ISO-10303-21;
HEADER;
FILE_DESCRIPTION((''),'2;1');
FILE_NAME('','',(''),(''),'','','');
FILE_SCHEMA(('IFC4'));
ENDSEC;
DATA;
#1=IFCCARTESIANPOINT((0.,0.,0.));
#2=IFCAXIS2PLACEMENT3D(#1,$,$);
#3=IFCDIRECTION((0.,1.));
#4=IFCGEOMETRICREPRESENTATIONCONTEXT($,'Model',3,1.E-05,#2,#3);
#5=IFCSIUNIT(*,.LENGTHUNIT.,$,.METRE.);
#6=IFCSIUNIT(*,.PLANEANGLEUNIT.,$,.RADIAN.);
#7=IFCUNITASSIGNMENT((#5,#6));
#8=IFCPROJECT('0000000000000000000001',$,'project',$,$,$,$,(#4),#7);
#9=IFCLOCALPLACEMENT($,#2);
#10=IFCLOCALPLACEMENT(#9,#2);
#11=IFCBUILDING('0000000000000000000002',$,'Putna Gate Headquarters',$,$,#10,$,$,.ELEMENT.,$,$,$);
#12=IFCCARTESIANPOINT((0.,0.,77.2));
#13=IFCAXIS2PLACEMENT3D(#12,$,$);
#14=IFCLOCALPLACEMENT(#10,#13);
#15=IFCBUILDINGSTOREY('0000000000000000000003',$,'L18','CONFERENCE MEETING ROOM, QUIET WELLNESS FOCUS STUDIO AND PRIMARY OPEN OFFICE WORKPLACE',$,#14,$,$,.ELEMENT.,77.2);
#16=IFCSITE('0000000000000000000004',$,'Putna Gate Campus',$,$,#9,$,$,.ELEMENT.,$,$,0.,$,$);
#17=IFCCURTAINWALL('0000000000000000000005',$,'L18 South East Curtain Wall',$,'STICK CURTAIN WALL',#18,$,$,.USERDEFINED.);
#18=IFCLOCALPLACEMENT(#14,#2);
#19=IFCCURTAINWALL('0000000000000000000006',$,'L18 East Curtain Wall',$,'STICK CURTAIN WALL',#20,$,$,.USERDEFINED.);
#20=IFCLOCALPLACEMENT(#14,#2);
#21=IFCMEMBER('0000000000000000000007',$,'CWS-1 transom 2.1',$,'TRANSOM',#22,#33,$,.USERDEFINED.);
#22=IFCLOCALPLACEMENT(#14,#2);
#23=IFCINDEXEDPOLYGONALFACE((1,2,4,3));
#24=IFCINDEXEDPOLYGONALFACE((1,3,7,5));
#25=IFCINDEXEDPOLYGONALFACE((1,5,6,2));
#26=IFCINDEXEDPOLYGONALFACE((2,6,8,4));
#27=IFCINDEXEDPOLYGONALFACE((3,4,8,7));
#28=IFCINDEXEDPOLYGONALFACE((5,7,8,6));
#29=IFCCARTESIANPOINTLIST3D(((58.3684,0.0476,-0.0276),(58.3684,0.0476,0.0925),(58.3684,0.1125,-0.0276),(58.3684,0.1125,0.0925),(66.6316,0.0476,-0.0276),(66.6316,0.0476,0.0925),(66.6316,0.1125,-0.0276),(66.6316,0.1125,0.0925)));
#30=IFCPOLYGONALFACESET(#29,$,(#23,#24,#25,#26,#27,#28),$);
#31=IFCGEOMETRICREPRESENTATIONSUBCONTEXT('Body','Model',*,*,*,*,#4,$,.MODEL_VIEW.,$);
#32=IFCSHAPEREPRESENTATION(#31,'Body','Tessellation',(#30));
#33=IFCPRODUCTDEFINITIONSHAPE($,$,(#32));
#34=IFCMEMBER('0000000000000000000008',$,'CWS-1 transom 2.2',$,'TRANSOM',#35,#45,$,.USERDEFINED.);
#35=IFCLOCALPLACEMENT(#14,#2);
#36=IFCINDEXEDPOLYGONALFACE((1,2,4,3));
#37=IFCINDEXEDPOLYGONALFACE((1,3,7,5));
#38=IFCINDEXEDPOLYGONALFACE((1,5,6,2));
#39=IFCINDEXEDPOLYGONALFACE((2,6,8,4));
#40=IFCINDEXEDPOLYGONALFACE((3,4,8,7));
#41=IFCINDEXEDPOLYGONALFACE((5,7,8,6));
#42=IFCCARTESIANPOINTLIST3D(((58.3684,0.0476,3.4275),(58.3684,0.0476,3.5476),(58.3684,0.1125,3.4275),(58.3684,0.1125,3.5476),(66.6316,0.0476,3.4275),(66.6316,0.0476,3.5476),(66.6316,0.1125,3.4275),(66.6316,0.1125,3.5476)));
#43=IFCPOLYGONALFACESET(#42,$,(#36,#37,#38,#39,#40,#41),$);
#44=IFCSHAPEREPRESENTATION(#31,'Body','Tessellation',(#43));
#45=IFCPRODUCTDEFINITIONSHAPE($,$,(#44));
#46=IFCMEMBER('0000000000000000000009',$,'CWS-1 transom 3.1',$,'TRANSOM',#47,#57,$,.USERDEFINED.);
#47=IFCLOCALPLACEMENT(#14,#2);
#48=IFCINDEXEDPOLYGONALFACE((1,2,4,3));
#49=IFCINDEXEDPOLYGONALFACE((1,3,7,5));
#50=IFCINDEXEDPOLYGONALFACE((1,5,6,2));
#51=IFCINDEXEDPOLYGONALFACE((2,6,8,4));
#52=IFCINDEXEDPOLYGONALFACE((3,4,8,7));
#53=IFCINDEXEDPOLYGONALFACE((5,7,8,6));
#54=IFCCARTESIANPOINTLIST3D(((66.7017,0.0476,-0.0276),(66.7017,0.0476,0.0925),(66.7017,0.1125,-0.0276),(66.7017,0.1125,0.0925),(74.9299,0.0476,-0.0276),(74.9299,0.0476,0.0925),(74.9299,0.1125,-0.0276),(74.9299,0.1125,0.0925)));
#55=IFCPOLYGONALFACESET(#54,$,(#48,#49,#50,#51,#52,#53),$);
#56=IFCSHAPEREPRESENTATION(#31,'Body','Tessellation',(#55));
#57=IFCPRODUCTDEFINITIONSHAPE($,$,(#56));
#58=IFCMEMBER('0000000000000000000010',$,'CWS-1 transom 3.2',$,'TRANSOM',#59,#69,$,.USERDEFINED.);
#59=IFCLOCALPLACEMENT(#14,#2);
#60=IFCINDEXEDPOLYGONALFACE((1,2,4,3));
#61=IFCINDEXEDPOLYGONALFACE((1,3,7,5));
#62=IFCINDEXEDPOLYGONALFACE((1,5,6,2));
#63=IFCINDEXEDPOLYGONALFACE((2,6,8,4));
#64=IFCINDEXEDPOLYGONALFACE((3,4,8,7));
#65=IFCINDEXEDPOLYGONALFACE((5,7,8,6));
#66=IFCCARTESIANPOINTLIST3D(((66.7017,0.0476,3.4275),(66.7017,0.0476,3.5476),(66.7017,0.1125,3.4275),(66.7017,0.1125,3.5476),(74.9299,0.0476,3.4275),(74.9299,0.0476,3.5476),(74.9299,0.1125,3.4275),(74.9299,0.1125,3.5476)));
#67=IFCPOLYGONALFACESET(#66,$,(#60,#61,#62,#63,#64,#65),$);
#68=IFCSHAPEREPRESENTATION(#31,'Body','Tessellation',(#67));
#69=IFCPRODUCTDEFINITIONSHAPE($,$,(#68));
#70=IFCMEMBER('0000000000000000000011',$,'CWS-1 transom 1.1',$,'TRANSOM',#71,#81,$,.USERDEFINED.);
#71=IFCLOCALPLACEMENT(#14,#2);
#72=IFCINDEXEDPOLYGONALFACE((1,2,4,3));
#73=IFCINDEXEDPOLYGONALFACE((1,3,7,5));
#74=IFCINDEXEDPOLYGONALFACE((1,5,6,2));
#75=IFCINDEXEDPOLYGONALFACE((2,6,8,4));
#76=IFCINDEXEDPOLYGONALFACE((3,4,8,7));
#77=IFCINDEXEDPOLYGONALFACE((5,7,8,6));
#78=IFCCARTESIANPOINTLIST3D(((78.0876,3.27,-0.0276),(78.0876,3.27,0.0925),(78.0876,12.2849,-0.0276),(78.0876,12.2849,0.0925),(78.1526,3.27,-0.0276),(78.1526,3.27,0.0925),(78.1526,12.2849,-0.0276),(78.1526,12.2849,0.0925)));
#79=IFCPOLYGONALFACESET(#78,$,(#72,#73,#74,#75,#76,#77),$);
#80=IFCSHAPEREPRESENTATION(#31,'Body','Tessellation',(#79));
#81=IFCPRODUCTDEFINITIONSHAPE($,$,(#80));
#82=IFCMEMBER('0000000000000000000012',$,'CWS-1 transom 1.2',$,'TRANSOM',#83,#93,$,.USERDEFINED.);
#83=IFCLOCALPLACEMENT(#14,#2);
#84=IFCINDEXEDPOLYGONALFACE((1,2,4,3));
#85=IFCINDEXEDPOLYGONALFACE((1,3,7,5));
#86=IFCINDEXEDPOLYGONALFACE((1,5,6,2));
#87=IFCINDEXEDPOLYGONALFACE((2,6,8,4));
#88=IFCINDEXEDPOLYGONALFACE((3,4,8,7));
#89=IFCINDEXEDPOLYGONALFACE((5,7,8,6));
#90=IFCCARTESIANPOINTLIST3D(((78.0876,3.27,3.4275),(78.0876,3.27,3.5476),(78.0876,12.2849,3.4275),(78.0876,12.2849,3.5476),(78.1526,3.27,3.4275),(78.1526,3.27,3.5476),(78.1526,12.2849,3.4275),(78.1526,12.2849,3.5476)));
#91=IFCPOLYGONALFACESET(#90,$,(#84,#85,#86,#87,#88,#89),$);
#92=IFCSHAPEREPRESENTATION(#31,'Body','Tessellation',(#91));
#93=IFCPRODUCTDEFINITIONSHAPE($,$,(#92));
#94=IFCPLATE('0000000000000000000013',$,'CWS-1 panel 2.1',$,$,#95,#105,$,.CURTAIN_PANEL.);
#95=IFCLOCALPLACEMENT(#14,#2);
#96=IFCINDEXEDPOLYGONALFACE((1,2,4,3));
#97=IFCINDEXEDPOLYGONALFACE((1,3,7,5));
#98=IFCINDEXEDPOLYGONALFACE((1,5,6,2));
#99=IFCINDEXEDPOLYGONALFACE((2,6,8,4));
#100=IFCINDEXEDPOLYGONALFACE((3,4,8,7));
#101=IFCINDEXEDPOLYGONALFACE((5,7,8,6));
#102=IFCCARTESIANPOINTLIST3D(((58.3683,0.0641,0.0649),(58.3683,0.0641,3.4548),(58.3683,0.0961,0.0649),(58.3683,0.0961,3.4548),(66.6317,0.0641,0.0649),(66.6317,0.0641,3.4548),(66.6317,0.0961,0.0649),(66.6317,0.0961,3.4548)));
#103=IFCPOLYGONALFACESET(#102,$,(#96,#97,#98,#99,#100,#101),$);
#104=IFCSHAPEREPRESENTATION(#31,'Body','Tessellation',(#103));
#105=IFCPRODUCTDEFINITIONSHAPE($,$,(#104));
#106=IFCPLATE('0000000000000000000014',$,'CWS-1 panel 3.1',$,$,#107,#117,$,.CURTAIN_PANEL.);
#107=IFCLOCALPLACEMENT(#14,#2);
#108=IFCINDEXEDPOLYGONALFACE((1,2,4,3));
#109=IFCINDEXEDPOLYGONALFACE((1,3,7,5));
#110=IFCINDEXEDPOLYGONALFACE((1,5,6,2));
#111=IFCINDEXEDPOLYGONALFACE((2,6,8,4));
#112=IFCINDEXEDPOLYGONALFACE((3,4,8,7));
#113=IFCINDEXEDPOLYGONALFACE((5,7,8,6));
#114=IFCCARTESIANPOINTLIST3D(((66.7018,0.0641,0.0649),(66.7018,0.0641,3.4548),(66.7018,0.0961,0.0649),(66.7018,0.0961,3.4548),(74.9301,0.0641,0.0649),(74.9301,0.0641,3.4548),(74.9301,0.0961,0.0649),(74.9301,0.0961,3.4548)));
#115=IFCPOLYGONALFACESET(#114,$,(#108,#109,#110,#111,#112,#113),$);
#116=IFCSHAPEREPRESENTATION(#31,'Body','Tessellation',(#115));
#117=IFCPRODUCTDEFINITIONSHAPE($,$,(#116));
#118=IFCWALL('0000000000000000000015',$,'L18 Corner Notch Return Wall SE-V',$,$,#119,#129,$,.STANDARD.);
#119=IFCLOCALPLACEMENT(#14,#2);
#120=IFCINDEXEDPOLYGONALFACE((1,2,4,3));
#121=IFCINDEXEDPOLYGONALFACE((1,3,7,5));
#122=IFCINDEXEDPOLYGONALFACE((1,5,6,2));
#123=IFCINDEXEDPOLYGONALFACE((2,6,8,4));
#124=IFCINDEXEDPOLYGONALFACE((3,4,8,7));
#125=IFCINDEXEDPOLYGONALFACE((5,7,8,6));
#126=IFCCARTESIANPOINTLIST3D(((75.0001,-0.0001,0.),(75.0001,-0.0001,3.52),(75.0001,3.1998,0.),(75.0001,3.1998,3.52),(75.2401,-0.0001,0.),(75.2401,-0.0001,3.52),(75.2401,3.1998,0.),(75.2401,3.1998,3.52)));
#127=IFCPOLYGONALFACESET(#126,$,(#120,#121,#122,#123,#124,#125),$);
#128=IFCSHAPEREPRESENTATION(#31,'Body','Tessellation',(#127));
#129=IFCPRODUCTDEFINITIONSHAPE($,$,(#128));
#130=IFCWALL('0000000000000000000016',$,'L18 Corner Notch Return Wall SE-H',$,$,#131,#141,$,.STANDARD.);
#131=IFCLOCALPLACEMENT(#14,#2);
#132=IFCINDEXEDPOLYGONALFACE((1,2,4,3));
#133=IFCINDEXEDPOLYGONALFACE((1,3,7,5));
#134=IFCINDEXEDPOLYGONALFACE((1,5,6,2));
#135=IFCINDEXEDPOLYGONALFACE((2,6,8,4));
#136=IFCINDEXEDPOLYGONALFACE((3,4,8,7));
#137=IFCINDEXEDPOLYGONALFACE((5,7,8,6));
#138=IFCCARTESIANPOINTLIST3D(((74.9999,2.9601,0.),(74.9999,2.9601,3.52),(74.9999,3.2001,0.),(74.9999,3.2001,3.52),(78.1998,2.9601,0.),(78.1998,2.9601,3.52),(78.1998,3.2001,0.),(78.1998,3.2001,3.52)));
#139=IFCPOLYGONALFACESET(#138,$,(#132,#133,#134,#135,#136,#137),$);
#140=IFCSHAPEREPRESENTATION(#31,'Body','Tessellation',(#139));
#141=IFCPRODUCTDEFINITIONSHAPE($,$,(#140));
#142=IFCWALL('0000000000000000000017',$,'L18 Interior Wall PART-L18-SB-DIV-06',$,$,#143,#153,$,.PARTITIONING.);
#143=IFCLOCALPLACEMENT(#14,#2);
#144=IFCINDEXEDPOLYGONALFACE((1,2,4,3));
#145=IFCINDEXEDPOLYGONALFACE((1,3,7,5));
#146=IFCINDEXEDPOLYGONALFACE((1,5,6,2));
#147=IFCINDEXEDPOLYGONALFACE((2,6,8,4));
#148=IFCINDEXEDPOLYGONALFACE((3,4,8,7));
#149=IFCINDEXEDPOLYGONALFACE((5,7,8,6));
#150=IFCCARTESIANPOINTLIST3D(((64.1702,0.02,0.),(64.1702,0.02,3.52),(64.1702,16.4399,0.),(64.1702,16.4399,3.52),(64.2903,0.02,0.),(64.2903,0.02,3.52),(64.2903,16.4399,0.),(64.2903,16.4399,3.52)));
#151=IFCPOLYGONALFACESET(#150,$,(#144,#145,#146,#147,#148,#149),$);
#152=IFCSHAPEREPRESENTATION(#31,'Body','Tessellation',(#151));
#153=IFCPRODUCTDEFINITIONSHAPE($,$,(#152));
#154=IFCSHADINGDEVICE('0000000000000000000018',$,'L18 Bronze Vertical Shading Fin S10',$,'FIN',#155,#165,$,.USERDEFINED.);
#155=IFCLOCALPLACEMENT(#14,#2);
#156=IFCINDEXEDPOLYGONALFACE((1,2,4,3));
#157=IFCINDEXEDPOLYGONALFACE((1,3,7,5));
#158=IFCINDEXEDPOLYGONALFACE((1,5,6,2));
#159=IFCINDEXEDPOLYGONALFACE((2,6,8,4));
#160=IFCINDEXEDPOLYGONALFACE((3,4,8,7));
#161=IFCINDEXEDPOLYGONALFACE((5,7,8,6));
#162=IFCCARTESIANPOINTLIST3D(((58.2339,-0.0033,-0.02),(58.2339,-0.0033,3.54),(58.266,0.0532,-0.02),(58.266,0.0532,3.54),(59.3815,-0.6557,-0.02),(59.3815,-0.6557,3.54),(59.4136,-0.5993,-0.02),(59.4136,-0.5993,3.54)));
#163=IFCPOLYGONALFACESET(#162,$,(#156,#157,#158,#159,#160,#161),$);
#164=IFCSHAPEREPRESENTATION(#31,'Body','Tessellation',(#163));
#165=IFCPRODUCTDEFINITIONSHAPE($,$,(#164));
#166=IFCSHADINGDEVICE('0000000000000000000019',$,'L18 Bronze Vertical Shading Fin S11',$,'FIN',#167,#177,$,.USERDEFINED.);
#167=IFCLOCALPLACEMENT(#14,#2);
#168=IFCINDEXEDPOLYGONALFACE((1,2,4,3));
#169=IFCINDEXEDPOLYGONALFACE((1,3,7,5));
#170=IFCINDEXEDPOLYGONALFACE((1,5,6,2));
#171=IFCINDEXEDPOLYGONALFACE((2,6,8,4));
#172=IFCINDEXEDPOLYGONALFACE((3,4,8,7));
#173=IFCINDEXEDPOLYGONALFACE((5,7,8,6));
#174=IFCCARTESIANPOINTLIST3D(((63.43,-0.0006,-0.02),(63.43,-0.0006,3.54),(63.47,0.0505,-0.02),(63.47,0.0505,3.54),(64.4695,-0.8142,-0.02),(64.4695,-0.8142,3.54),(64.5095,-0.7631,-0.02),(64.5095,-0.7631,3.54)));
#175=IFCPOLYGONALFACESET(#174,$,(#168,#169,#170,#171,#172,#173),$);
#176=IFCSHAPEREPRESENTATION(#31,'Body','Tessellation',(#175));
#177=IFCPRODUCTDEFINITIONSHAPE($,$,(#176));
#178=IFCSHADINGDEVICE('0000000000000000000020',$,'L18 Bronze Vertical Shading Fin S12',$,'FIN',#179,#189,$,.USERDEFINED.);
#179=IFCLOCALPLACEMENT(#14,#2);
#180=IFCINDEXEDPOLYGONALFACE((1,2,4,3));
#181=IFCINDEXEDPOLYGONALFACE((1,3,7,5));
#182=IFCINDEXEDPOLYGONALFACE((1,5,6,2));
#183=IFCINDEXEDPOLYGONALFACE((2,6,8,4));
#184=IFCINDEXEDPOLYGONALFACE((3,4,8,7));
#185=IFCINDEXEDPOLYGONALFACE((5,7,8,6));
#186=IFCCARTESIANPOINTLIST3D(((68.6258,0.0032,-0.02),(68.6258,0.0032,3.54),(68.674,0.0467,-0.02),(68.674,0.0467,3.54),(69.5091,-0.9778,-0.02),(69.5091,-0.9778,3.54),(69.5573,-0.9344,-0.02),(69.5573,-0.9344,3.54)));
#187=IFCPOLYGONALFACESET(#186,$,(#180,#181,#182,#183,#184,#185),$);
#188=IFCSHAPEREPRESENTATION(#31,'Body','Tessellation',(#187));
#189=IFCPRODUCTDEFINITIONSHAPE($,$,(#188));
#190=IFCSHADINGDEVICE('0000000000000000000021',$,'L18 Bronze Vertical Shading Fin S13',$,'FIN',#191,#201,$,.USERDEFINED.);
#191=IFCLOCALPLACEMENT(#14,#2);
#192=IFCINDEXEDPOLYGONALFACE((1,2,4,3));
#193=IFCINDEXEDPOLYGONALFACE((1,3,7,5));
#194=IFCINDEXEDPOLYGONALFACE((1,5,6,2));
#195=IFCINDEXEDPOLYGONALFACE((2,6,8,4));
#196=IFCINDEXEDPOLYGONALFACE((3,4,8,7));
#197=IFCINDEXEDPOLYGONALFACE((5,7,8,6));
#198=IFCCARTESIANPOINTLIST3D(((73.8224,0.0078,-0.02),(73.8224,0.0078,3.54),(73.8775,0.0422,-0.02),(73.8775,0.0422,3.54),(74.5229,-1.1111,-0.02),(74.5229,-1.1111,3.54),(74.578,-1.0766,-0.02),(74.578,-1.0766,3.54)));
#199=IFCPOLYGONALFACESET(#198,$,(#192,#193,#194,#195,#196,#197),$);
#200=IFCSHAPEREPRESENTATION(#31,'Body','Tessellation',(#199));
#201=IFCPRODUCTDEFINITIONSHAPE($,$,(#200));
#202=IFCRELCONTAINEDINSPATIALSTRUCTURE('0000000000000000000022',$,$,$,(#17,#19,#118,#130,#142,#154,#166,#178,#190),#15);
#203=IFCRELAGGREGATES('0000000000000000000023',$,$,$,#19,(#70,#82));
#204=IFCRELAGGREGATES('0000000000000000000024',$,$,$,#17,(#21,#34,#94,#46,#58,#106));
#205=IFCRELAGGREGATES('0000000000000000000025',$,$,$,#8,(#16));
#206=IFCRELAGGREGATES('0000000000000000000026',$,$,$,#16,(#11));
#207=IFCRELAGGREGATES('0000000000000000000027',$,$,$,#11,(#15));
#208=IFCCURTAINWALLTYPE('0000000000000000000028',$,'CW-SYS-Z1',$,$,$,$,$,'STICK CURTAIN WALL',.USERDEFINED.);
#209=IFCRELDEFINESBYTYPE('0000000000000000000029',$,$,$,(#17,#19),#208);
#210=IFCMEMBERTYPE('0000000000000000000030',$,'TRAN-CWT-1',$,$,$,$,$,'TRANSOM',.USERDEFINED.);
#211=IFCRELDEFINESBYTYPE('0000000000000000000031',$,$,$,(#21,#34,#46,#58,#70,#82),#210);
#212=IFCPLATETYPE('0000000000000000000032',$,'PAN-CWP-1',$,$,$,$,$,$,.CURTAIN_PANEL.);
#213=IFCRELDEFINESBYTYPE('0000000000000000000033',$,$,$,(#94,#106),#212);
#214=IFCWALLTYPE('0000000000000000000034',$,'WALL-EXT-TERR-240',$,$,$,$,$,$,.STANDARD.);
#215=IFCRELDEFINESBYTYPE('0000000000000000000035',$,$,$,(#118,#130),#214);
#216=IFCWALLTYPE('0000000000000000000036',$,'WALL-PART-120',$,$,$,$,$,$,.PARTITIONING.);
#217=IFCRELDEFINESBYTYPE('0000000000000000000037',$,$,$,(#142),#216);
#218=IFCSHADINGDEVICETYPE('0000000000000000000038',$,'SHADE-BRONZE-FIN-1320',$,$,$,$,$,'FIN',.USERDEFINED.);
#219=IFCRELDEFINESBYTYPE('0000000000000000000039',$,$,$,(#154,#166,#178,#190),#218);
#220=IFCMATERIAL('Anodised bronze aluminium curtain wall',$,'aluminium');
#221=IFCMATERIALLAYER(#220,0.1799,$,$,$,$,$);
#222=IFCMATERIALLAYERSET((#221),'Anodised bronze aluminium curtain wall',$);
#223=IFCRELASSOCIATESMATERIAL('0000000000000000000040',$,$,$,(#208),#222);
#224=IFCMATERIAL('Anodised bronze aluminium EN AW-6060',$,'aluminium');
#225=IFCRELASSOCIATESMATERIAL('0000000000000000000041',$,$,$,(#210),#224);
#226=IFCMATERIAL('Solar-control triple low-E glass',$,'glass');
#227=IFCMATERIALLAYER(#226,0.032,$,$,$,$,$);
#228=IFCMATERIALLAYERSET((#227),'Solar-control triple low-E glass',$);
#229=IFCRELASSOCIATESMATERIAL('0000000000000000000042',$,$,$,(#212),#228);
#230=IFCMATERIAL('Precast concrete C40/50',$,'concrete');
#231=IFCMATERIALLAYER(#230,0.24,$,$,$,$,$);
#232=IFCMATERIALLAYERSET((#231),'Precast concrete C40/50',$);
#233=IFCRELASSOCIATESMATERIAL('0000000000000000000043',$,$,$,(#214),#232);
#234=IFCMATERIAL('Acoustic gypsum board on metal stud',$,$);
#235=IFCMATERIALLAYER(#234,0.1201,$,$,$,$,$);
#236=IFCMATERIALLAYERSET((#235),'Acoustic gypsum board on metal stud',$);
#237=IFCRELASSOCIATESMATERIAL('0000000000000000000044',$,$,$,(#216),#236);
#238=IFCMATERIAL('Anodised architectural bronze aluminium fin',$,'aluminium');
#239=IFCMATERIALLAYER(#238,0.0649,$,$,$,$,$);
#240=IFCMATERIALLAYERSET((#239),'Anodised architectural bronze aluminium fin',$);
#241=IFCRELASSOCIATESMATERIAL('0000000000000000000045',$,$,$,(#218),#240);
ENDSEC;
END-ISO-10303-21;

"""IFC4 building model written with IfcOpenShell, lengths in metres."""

from ifc_helpers import new_model, si_unit, direction, frame, frame_2d, origin, origin_2d, place, context, subcontext, project, spatial, rectangle, extrude, material, layer, layer_set, material_profile, profile_set, type_object, element, aggregate, save


model = new_model("IFC4")

# Units and contexts
model_context = context("Model", 3, precision=1e-05, world=origin(), true_north=direction((0.0, 1.0)))
body_context = subcontext(model_context, "Body", "Model", "MODEL_VIEW")
ifc_project = project(units=[si_unit("LENGTHUNIT", "METRE"), si_unit("PLANEANGLEUNIT", "RADIAN")], contexts=[model_context])

# Site, building, storey
site_placement = place(None, origin())
site = spatial("IfcSite", under=ifc_project, at=site_placement, Name="Putna Gate Campus", CompositionType="ELEMENT", RefElevation=0.0)
building_placement = place(site_placement, origin())
building = spatial("IfcBuilding", under=site, at=building_placement, Name="Putna Gate Headquarters", CompositionType="ELEMENT")
storey_placement = place(building_placement, frame((0.0, 0.0, 77.2)))
storey = spatial("IfcBuildingStorey", under=building, at=storey_placement, Name="L18", Description="CONFERENCE MEETING ROOM, QUIET WELLNESS FOCUS STUDIO AND PRIMARY OPEN OFFICE WORKPLACE", CompositionType="ELEMENT", Elevation=77.2)

# Curtain wall
ifc_material_1 = material(Name="Anodised bronze aluminium curtain wall", Category="aluminium")
ifc_layer_1 = layer(ifc_material_1, 0.1799)
ifc_layer_set_1 = layer_set([ifc_layer_1], Name="Anodised bronze aluminium curtain wall")
curtain_wall_type = type_object("IfcCurtainWallType", Name="CW-SYS-Z1", ElementType="STICK CURTAIN WALL", PredefinedType="USERDEFINED", material=ifc_layer_set_1)
curtain_wall_1_placement = place(storey_placement, origin())
curtain_wall_1 = element("IfcCurtainWall", 1, at=curtain_wall_1_placement, inside=storey, type_object=curtain_wall_type, Name="L18 South East Curtain Wall", ObjectType="STICK CURTAIN WALL", PredefinedType="USERDEFINED")
ifc_material_2 = material(Name="Anodised bronze aluminium EN AW-6060", Category="aluminium")

# Curtain wall
curtain_wall_2_placement = place(storey_placement, origin())
curtain_wall_2 = element("IfcCurtainWall", 2, at=curtain_wall_2_placement, inside=storey, type_object=curtain_wall_type, Name="L18 East Curtain Wall", ObjectType="STICK CURTAIN WALL", PredefinedType="USERDEFINED")

# Members
ifc_material_profile_1 = material_profile(ifc_material_2, rectangle(XDim=0.0649, YDim=0.1201, at=origin_2d()), Name="Anodised bronze aluminium EN AW-6060")
ifc_profile_set_1 = profile_set([ifc_material_profile_1], Name="Anodised bronze aluminium EN AW-6060")
member_type_1 = type_object("IfcMemberType", Name="TRAN-CWT-1", ElementType="TRANSOM", PredefinedType="USERDEFINED", material=ifc_profile_set_1)
member_1_placement = place(storey_placement, frame((58.3684, 0.0801, 0.0325), z_axis=(1.0, 0.0, 0.0), x_axis=(0.0, 1.0, 0.0)))
member_1 = element("IfcMember", 3, at=member_1_placement, type_object=member_type_1, Name="CWS-1 transom 2.1", ObjectType="TRANSOM", PredefinedType="USERDEFINED", context=body_context, shape_type="SweptSolid", body=[
    extrude(rectangle(XDim=0.0649, YDim=0.1201, at=origin_2d()), origin(), (0.0, 0.0, 1.0), 8.2632),
])
member_2_placement = place(storey_placement, frame((58.3684, 0.0801, 3.4875), z_axis=(1.0, 0.0, 0.0), x_axis=(0.0, 1.0, 0.0)))
member_2 = element("IfcMember", 4, at=member_2_placement, type_object=member_type_1, Name="CWS-1 transom 2.2", ObjectType="TRANSOM", PredefinedType="USERDEFINED", context=body_context, shape_type="SweptSolid", body=[
    extrude(rectangle(XDim=0.0649, YDim=0.1201, at=origin_2d()), origin(), (0.0, 0.0, 1.0), 8.2632),
])
member_3_placement = place(storey_placement, frame((66.7017, 0.0801, 0.0325), z_axis=(1.0, 0.0, 0.0), x_axis=(0.0, 1.0, 0.0)))
member_3 = element("IfcMember", 5, at=member_3_placement, type_object=member_type_1, Name="CWS-1 transom 3.1", ObjectType="TRANSOM", PredefinedType="USERDEFINED", context=body_context, shape_type="SweptSolid", body=[
    extrude(rectangle(XDim=0.0649, YDim=0.1201, at=origin_2d()), origin(), (0.0, 0.0, 1.0), 8.2283),
])
member_4_placement = place(storey_placement, frame((66.7017, 0.0801, 3.4875), z_axis=(1.0, 0.0, 0.0), x_axis=(0.0, 1.0, 0.0)))
member_4 = element("IfcMember", 6, at=member_4_placement, type_object=member_type_1, Name="CWS-1 transom 3.2", ObjectType="TRANSOM", PredefinedType="USERDEFINED", context=body_context, shape_type="SweptSolid", body=[
    extrude(rectangle(XDim=0.0649, YDim=0.1201, at=origin_2d()), origin(), (0.0, 0.0, 1.0), 8.2283),
])
member_5_placement = place(storey_placement, frame((78.1201, 3.27, 0.0325), z_axis=(0.0, 1.0, 0.0), x_axis=(-1.0, 0.0, 0.0)))
member_5 = element("IfcMember", 7, at=member_5_placement, type_object=member_type_1, Name="CWS-1 transom 1.1", ObjectType="TRANSOM", PredefinedType="USERDEFINED", context=body_context, shape_type="SweptSolid", body=[
    extrude(rectangle(XDim=0.0649, YDim=0.1201, at=origin_2d()), origin(), (0.0, 0.0, 1.0), 9.0149),
])
member_6_placement = place(storey_placement, frame((78.1201, 3.27, 3.4875), z_axis=(0.0, 1.0, 0.0), x_axis=(-1.0, 0.0, 0.0)))
member_6 = element("IfcMember", 8, at=member_6_placement, type_object=member_type_1, Name="CWS-1 transom 1.2", ObjectType="TRANSOM", PredefinedType="USERDEFINED", context=body_context, shape_type="SweptSolid", body=[
    extrude(rectangle(XDim=0.0649, YDim=0.1201, at=origin_2d()), origin(), (0.0, 0.0, 1.0), 9.0149),
])
aggregate(curtain_wall_2, [member_5, member_6])

# Plates
ifc_material_3 = material(Name="Solar-control triple low-E glass", Category="glass")
ifc_layer_2 = layer(ifc_material_3, 0.032)
ifc_layer_set_2 = layer_set([ifc_layer_2], Name="Solar-control triple low-E glass")
plate_type = type_object("IfcPlateType", Name="PAN-CWP-1", PredefinedType="CURTAIN_PANEL", material=ifc_layer_set_2)
plate_1_placement = place(storey_placement, frame((62.5, 0.0801, 0.0649), z_axis=(0.0, 0.0, 1.0), x_axis=(1.0, 0.0, 0.0)))
plate_1 = element("IfcPlate", 9, at=plate_1_placement, type_object=plate_type, Name="CWS-1 panel 2.1", PredefinedType="CURTAIN_PANEL", context=body_context, shape_type="SweptSolid", body=[
    extrude(rectangle(XDim=8.2634, YDim=0.032, at=origin_2d()), origin(), (0.0, 0.0, 1.0), 3.3899),
])
plate_2_placement = place(storey_placement, frame((70.8159, 0.0801, 0.0649), z_axis=(0.0, 0.0, 1.0), x_axis=(1.0, 0.0, 0.0)))
plate_2 = element("IfcPlate", 10, at=plate_2_placement, type_object=plate_type, Name="CWS-1 panel 3.1", PredefinedType="CURTAIN_PANEL", context=body_context, shape_type="SweptSolid", body=[
    extrude(rectangle(XDim=8.2283, YDim=0.032, at=origin_2d()), origin(), (0.0, 0.0, 1.0), 3.3899),
])
aggregate(curtain_wall_1, [member_1, member_2, plate_1, member_3, member_4, plate_2])

# Walls
ifc_material_4 = material(Name="Precast concrete C40/50", Category="concrete")
ifc_layer_3 = layer(ifc_material_4, 0.24)
ifc_layer_set_3 = layer_set([ifc_layer_3], Name="Precast concrete C40/50")
wall_type_1 = type_object("IfcWallType", Name="WALL-EXT-TERR-240", PredefinedType="STANDARD", material=ifc_layer_set_3)
for number, where, z_axis, x_axis, name in (
    (11, (75.1201, 3.2, 0.0), (0.0, 0.0, 1.0), (0.0, -1.0, 0.0), "L18 Corner Notch Return Wall SE-V"),
    (12, (78.2, 3.0801, 0.0), (0.0, 0.0, 1.0), (-1.0, 0.0, 0.0), "L18 Corner Notch Return Wall SE-H"),
):
    element("IfcWall", number, at=place(storey_placement, frame(where, z_axis=z_axis, x_axis=x_axis)), inside=storey, type_object=wall_type_1, Name=name, PredefinedType="STANDARD", context=body_context, shape_type="SweptSolid", body=[
        extrude(rectangle(XDim=3.2, YDim=0.24, at=frame_2d((1.6001, 0.0))), origin(), (0.0, 0.0, 1.0), 3.52),
    ])
ifc_material_5 = material(Name="Acoustic gypsum board on metal stud")
ifc_layer_4 = layer(ifc_material_5, 0.1201)
ifc_layer_set_4 = layer_set([ifc_layer_4], Name="Acoustic gypsum board on metal stud")
wall_type_2 = type_object("IfcWallType", Name="WALL-PART-120", PredefinedType="PARTITIONING", material=ifc_layer_set_4)
wall_placement = place(storey_placement, frame((64.2302, 0.02, 0.0), z_axis=(0.0, 0.0, 1.0), x_axis=(0.0, 1.0, 0.0)))
element("IfcWall", 13, at=wall_placement, inside=storey, type_object=wall_type_2, Name="L18 Interior Wall PART-L18-SB-DIV-06", PredefinedType="PARTITIONING", context=body_context, shape_type="SweptSolid", body=[
    extrude(rectangle(XDim=16.4199, YDim=0.1201, at=frame_2d((8.21, 0.0))), origin(), (0.0, 0.0, 1.0), 3.52),
])

# Shading devices
ifc_material_6 = material(Name="Anodised architectural bronze aluminium fin", Category="aluminium")
ifc_layer_5 = layer(ifc_material_6, 0.0649)
ifc_layer_set_5 = layer_set([ifc_layer_5], Name="Anodised architectural bronze aluminium fin")
shading_device_type = type_object("IfcShadingDeviceType", Name="SHADE-BRONZE-FIN-1320", ElementType="FIN", PredefinedType="USERDEFINED", material=ifc_layer_set_5)
for number, where, z_axis, x_axis, name in (
    (14, (58.8237, -0.3013, -0.02), (0.0, 0.0, 1.0), (0.869322, -0.494245, 0.0), "L18 Bronze Vertical Shading Fin S10"),
    (15, (63.9697, -0.3818, -0.02), (0.0, 0.0, 1.0), (0.787473, -0.616349, 0.0), "L18 Bronze Vertical Shading Fin S11"),
    (16, (69.0916, -0.4656, -0.02), (0.0, 0.0, 1.0), (0.669131, -0.743145, 0.0), "L18 Bronze Vertical Shading Fin S12"),
    (17, (74.2002, -0.5344, -0.02), (0.0, 0.0, 1.0), (0.530659, -0.847585, 0.0), "L18 Bronze Vertical Shading Fin S13"),
):
    element("IfcShadingDevice", number, at=place(storey_placement, frame(where, z_axis=z_axis, x_axis=x_axis)), inside=storey, type_object=shading_device_type, Name=name, ObjectType="FIN", PredefinedType="USERDEFINED", context=body_context, shape_type="SweptSolid", body=[
        extrude(rectangle(XDim=1.3201, YDim=0.0649, at=origin_2d()), origin(), (0.0, 0.0, 1.0), 3.5601),
    ])

save(model, "model.ifc")
